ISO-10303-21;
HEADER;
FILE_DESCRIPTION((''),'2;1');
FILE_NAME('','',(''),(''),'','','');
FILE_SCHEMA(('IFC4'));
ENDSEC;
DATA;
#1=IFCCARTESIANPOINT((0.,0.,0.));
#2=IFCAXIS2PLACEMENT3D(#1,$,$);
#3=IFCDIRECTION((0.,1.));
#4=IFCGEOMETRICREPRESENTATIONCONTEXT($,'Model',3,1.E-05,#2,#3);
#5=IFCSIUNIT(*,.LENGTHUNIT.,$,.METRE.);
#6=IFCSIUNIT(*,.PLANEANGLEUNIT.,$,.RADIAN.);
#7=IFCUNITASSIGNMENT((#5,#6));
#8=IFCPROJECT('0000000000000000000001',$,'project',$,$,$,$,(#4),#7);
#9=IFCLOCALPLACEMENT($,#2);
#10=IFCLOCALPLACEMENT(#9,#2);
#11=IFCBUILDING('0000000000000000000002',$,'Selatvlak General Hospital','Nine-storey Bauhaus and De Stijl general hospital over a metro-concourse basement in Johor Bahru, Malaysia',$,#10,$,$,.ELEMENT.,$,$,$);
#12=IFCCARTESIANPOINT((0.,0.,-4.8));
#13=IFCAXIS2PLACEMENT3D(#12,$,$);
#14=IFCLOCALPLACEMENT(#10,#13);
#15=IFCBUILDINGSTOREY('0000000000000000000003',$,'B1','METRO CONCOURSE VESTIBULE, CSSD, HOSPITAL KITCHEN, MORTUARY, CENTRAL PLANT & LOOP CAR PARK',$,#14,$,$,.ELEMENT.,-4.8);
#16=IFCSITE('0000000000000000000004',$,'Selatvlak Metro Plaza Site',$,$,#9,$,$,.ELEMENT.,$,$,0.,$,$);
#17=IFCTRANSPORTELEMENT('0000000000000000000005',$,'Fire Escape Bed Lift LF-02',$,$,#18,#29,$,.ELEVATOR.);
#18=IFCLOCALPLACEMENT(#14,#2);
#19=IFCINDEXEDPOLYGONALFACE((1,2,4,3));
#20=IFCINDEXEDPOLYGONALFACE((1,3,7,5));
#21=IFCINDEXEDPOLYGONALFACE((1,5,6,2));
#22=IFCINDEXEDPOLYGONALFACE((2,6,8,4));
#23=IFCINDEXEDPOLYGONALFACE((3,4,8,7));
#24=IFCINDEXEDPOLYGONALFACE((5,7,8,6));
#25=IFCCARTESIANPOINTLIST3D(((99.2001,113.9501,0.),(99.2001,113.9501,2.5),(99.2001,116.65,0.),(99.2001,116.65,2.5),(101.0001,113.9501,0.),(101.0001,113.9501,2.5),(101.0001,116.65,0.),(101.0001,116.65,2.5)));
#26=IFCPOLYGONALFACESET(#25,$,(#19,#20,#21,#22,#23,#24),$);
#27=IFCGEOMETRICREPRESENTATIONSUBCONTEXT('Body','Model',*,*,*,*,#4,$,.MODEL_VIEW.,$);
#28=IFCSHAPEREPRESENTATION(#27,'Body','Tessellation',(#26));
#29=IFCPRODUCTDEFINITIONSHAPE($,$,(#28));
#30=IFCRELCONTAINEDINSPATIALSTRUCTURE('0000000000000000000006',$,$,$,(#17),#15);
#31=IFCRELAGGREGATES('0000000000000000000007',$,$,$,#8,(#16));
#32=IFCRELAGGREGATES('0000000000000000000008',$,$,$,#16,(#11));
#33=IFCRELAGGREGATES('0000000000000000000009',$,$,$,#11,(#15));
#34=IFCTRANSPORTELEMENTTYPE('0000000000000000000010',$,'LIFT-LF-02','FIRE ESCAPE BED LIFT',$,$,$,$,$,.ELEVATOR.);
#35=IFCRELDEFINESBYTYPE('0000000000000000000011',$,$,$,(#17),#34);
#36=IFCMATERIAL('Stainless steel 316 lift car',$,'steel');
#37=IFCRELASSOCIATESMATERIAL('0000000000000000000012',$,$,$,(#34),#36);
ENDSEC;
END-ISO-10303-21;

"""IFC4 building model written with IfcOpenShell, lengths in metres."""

from ifc_helpers import new_model, si_unit, direction, frame, origin, origin_2d, place, context, subcontext, project, spatial, rectangle, extrude, material, type_object, element, save


model = new_model("IFC4")

# Units and contexts
model_context = context("Model", 3, precision=1e-05, world=origin(), true_north=direction((0.0, 1.0)))
body_context = subcontext(model_context, "Body", "Model", "MODEL_VIEW")
ifc_project = project(units=[si_unit("LENGTHUNIT", "METRE"), si_unit("PLANEANGLEUNIT", "RADIAN")], contexts=[model_context])

# Site, building, storey
site_placement = place(None, origin())
site = spatial("IfcSite", under=ifc_project, at=site_placement, Name="Selatvlak Metro Plaza Site", CompositionType="ELEMENT", RefElevation=0.0)
building_placement = place(site_placement, origin())
building = spatial("IfcBuilding", under=site, at=building_placement, Name="Selatvlak General Hospital", Description="Nine-storey Bauhaus and De Stijl general hospital over a metro-concourse basement in Johor Bahru, Malaysia", CompositionType="ELEMENT")
storey_placement = place(building_placement, frame((0.0, 0.0, -4.8)))
storey = spatial("IfcBuildingStorey", under=building, at=storey_placement, Name="B1", Description="METRO CONCOURSE VESTIBULE, CSSD, HOSPITAL KITCHEN, MORTUARY, CENTRAL PLANT & LOOP CAR PARK", CompositionType="ELEMENT", Elevation=-4.8)

# Transport element
ifc_material_1 = material(Name="Stainless steel 316 lift car", Category="steel")
transport_element_type = type_object("IfcTransportElementType", Name="LIFT-LF-02", Description="FIRE ESCAPE BED LIFT", PredefinedType="ELEVATOR", material=ifc_material_1)
transport_element_placement = place(storey_placement, frame((100.1001, 115.3, 0.0), z_axis=(0.0, 0.0, 1.0), x_axis=(1.0, 0.0, 0.0)))
element("IfcTransportElement", 1, at=transport_element_placement, inside=storey, type_object=transport_element_type, Name="Fire Escape Bed Lift LF-02", PredefinedType="ELEVATOR", context=body_context, shape_type="SweptSolid", body=[
    extrude(rectangle(XDim=1.8, YDim=2.7, at=origin_2d()), origin(), (0.0, 0.0, 1.0), 2.5),
])

save(model, "model.ifc")
